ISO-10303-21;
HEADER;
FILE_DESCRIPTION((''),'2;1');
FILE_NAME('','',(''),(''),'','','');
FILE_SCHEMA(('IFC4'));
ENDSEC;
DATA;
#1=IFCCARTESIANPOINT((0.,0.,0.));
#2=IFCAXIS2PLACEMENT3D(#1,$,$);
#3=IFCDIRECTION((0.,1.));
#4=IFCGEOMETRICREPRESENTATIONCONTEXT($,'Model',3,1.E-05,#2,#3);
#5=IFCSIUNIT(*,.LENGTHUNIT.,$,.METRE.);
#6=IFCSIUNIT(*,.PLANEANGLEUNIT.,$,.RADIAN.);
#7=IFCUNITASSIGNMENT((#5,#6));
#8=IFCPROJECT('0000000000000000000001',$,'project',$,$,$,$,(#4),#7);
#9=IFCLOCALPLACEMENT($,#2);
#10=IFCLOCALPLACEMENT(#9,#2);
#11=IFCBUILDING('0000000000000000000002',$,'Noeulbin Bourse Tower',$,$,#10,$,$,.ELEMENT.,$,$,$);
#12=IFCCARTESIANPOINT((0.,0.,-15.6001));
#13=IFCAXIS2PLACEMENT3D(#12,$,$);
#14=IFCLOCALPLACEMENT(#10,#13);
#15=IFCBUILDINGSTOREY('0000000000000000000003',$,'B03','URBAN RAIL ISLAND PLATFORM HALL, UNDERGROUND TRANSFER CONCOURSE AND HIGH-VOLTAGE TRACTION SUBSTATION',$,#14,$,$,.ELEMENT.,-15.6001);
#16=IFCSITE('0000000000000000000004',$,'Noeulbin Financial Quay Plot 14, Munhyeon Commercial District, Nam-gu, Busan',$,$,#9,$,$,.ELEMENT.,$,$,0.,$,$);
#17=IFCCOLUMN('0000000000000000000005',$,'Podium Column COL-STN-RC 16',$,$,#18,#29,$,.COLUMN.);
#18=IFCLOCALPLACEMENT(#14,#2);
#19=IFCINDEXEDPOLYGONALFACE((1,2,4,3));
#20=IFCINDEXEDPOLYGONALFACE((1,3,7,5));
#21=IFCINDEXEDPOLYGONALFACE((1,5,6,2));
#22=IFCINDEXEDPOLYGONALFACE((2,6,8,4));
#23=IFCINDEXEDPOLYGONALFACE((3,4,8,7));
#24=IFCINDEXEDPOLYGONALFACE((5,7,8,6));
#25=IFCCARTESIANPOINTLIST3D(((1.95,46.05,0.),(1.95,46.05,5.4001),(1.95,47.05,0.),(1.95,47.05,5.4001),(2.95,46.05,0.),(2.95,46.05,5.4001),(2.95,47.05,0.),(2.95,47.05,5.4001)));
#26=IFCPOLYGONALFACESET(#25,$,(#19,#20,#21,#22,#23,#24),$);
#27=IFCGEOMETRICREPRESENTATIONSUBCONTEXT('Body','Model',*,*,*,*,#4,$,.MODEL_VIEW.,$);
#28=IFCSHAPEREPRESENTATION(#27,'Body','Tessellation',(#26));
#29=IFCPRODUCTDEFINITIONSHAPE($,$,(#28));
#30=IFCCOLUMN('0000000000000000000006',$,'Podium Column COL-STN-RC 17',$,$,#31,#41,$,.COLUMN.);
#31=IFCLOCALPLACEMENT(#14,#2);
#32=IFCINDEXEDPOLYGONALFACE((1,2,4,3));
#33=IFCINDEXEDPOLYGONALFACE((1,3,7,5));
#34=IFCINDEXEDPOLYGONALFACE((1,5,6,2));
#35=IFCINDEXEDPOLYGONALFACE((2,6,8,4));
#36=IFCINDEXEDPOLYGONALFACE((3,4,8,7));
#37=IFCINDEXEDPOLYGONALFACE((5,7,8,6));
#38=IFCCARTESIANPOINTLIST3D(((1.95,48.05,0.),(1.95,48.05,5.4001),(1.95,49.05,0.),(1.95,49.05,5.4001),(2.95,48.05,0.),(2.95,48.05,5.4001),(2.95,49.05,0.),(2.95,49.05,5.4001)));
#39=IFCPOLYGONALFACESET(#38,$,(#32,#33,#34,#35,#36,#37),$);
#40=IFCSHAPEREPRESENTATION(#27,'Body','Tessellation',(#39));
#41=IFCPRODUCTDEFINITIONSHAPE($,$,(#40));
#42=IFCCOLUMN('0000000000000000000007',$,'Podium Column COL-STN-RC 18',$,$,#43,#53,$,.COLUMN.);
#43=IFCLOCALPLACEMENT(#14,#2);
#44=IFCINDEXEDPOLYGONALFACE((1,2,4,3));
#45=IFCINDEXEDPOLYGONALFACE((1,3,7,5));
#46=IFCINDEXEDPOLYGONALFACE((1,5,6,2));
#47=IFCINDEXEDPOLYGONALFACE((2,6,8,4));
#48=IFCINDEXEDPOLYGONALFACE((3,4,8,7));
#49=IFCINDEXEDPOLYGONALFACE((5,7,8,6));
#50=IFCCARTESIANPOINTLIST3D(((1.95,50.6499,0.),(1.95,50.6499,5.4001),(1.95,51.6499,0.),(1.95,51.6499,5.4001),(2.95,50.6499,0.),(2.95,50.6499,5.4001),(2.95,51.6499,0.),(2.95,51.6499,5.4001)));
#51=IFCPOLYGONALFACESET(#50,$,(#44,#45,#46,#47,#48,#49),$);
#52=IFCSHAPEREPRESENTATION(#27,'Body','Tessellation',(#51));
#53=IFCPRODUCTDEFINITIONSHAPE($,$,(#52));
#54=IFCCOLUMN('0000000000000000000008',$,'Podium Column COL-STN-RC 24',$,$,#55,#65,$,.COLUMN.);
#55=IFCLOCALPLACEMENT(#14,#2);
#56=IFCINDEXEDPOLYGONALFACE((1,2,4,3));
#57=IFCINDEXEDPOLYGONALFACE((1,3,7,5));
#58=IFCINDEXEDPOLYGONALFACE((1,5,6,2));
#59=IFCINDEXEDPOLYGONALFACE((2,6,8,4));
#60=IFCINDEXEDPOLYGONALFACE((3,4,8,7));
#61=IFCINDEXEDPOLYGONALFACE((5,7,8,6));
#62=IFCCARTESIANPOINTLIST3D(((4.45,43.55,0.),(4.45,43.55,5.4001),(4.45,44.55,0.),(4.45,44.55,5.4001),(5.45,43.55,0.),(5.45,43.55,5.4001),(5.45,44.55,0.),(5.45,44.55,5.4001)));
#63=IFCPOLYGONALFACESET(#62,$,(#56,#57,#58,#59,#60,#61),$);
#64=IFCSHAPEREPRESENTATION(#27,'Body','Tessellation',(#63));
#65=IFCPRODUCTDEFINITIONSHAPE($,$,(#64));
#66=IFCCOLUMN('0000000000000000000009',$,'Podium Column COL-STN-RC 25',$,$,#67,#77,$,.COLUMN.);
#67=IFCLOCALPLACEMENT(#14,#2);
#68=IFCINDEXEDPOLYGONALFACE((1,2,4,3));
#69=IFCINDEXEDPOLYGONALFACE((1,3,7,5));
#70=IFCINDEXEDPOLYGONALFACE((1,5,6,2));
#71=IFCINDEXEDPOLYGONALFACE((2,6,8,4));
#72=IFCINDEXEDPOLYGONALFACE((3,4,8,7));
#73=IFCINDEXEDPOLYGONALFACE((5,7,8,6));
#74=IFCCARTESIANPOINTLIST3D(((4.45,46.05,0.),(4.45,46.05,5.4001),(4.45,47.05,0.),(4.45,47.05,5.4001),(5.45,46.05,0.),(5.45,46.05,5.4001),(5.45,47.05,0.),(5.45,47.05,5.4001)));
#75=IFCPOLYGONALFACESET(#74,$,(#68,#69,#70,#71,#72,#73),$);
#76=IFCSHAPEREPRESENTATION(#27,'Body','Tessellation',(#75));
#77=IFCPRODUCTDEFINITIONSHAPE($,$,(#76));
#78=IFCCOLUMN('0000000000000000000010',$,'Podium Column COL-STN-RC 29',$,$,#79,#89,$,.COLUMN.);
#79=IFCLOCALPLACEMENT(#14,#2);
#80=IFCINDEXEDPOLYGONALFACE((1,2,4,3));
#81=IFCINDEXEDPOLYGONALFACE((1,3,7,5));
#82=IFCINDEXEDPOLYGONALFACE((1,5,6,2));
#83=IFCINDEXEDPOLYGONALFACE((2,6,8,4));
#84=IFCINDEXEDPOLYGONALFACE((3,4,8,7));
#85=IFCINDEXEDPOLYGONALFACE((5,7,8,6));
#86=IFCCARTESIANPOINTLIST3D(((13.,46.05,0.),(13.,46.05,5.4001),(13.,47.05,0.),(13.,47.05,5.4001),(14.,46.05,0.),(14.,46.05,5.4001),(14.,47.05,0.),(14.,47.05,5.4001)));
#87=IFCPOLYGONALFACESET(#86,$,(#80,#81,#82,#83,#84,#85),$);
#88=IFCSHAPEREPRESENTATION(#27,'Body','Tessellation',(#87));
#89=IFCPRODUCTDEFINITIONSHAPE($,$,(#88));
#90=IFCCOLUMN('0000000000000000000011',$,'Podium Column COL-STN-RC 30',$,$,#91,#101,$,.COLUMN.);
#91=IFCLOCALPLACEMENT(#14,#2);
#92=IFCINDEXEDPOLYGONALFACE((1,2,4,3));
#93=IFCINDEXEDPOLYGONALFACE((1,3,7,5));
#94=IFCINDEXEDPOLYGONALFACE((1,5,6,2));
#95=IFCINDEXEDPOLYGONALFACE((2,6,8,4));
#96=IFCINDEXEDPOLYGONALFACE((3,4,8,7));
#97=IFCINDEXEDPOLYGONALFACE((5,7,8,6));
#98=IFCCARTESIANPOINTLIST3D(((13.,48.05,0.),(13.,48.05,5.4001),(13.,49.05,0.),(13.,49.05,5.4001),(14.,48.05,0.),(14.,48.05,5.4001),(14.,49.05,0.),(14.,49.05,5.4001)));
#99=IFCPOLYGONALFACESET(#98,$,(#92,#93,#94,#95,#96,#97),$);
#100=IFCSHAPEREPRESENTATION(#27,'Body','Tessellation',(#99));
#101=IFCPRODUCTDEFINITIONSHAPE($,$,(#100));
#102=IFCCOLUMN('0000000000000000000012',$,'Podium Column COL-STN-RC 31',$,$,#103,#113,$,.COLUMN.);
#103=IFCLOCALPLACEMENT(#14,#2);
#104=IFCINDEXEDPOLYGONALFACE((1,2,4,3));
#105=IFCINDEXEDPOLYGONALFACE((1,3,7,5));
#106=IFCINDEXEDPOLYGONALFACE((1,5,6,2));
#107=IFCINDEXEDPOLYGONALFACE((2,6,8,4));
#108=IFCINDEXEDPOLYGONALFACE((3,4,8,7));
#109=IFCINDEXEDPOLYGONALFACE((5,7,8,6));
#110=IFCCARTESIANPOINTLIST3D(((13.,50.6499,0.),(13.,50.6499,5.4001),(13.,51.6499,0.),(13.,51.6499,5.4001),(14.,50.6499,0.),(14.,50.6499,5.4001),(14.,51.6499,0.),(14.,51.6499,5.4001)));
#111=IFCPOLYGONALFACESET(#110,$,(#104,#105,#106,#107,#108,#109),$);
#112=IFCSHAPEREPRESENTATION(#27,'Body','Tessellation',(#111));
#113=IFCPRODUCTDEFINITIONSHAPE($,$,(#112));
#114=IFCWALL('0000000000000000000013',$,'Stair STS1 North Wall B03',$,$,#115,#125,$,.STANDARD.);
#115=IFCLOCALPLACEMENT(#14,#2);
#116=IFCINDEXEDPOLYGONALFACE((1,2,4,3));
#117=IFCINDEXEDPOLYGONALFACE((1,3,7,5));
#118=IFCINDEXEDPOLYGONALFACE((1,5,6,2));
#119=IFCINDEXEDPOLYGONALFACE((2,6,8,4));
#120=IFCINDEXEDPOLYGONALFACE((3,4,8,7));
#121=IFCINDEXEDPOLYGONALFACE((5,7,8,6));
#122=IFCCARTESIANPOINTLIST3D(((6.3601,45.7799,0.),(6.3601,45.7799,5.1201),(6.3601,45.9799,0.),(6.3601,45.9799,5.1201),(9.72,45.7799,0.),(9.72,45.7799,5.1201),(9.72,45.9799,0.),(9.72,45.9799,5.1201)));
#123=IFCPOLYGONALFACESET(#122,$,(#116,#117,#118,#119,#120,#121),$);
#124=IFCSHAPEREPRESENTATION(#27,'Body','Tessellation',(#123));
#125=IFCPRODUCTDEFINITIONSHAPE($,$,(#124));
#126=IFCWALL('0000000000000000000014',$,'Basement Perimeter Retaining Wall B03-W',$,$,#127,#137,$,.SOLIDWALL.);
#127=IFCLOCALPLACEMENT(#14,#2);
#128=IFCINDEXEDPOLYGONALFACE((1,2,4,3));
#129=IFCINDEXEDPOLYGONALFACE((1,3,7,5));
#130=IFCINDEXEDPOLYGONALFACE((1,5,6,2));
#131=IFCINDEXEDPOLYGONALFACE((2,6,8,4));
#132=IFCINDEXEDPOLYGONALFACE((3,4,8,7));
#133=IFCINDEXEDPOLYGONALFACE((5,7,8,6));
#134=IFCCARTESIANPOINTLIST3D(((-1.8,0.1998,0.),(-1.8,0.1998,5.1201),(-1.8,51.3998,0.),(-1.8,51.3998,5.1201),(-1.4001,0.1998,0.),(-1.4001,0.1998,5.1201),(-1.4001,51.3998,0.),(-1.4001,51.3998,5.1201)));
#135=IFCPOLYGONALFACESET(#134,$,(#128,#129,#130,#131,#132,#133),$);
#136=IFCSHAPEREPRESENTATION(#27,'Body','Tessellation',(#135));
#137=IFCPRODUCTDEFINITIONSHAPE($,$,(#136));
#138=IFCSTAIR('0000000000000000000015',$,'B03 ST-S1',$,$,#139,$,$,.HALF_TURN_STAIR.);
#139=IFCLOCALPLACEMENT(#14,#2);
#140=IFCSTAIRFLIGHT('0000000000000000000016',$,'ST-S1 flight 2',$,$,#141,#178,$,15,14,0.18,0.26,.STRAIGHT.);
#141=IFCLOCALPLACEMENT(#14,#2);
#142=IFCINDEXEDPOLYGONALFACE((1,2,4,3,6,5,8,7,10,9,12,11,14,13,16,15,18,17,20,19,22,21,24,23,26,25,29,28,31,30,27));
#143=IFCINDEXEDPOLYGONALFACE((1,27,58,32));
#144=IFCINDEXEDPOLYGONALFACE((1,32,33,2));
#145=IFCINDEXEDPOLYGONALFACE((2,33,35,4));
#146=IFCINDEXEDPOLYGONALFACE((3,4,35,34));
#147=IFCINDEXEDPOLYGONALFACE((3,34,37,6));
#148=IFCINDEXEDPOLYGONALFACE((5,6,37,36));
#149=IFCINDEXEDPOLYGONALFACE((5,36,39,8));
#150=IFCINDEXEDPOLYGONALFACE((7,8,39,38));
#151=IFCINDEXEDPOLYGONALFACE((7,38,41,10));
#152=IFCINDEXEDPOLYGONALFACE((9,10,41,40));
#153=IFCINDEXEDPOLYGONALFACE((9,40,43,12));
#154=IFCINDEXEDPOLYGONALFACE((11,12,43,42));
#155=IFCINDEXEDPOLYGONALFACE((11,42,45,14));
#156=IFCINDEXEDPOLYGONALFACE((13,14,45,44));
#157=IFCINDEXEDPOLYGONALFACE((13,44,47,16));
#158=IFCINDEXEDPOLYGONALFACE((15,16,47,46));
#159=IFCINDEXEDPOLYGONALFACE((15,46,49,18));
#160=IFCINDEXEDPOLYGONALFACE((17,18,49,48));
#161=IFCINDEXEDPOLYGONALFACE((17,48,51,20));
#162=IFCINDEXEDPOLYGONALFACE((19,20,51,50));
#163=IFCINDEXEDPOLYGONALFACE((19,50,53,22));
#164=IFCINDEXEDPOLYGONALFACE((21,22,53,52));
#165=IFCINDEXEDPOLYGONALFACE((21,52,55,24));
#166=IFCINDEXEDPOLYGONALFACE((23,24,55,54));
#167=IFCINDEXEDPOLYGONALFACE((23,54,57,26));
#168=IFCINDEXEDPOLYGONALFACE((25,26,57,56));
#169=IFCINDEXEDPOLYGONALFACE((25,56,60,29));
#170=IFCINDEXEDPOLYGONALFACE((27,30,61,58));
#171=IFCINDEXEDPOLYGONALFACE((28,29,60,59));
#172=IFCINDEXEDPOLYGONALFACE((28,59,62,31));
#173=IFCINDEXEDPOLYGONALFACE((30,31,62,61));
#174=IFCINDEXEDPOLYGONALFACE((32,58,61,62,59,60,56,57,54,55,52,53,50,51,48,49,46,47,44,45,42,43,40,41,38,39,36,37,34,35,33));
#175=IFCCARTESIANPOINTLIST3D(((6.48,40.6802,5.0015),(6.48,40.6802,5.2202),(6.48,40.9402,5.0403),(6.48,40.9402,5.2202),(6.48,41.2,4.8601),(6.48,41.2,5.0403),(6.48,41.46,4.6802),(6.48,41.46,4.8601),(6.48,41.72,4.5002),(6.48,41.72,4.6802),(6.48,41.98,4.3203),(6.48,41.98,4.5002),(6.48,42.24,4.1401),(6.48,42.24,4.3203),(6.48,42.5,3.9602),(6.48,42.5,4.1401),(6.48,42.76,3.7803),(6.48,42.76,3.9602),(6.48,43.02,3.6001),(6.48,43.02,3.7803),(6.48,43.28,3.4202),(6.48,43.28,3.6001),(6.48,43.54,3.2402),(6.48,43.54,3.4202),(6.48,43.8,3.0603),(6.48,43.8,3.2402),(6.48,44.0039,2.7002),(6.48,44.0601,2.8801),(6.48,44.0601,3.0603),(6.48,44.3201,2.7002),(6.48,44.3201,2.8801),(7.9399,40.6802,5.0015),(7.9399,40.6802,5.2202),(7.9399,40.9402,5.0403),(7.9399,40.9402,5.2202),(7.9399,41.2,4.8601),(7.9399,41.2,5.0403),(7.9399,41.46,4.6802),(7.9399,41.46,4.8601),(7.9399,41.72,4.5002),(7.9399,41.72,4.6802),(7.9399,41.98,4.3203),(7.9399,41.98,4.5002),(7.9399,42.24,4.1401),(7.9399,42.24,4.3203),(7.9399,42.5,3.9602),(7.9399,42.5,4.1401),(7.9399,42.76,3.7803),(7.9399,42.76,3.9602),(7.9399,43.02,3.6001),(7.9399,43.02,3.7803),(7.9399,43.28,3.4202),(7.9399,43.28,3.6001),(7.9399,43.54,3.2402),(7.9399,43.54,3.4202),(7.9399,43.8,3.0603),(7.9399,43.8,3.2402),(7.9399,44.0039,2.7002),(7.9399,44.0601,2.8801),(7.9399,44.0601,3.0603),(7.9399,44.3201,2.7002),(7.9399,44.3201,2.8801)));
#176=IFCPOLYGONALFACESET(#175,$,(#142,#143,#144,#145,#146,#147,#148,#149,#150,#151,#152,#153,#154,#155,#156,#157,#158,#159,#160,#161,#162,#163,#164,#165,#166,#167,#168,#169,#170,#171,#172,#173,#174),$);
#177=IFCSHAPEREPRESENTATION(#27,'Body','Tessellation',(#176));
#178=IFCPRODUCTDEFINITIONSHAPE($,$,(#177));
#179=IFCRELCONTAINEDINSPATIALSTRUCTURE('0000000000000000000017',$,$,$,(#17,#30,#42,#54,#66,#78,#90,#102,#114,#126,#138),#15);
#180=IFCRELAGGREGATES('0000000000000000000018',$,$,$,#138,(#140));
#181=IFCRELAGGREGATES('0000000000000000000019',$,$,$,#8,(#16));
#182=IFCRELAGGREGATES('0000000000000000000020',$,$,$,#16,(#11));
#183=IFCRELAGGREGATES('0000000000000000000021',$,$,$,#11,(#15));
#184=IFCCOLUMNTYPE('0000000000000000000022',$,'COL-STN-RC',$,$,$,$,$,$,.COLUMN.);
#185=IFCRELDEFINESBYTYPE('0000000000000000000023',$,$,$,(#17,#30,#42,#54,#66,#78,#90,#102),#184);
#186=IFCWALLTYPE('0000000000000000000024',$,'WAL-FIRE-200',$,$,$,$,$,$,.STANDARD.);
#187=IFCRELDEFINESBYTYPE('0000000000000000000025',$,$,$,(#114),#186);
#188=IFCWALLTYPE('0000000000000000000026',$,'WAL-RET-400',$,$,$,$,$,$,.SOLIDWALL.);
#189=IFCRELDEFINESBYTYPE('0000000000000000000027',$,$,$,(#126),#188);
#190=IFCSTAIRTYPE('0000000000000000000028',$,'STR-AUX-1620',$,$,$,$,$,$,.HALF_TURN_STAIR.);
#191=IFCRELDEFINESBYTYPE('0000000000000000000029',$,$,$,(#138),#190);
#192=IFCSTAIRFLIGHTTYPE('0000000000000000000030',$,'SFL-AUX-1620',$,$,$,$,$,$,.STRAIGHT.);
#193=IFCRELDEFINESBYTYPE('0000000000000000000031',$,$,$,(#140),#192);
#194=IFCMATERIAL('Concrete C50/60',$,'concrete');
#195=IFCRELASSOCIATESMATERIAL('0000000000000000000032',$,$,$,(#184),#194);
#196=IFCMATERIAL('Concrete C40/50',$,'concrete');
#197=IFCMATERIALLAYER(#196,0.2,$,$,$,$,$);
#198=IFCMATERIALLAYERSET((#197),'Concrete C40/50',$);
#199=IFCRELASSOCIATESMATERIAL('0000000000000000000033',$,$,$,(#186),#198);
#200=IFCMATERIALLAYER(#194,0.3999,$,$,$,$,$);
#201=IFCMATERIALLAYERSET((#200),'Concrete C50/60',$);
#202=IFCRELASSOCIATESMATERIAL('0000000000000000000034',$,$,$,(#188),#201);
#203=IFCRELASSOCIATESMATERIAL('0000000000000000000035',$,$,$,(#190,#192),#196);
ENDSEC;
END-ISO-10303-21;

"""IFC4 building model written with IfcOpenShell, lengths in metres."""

from ifc_helpers import new_model, si_unit, direction, frame, frame_2d, origin, origin_2d, place, context, subcontext, project, spatial, polyline, rectangle, outline, extrude, material, layer, layer_set, material_profile, profile_set, type_object, element, aggregate, save


model = new_model("IFC4")

# Units and contexts
model_context = context("Model", 3, precision=1e-05, world=origin(), true_north=direction((0.0, 1.0)))
body_context = subcontext(model_context, "Body", "Model", "MODEL_VIEW")
ifc_project = project(units=[si_unit("LENGTHUNIT", "METRE"), si_unit("PLANEANGLEUNIT", "RADIAN")], contexts=[model_context])

# Site, building, storey
site_placement = place(None, origin())
site = spatial("IfcSite", under=ifc_project, at=site_placement, Name="Noeulbin Financial Quay Plot 14, Munhyeon Commercial District, Nam-gu, Busan", CompositionType="ELEMENT", RefElevation=0.0)
building_placement = place(site_placement, origin())
building = spatial("IfcBuilding", under=site, at=building_placement, Name="Noeulbin Bourse Tower", CompositionType="ELEMENT")
storey_placement = place(building_placement, frame((0.0, 0.0, -15.6001)))
storey = spatial("IfcBuildingStorey", under=building, at=storey_placement, Name="B03", Description="URBAN RAIL ISLAND PLATFORM HALL, UNDERGROUND TRANSFER CONCOURSE AND HIGH-VOLTAGE TRACTION SUBSTATION", CompositionType="ELEMENT", Elevation=-15.6001)

# Shared definitions
ifc_material_1 = material(Name="Concrete C50/60", Category="concrete")

# Columns
ifc_material_profile_1 = material_profile(ifc_material_1, rectangle(XDim=1.0, YDim=1.0, at=origin_2d()), Name="RC-COL-1000x1000", Category="LoadBearing")
ifc_profile_set_1 = profile_set([ifc_material_profile_1], Name="Concrete C50/60")
column_type = type_object("IfcColumnType", Name="COL-STN-RC", PredefinedType="COLUMN", material=ifc_profile_set_1)
for number, where, z_axis, x_axis, name in (
    (1, (2.45, 46.55, 0.0), (0.0, 0.0, 1.0), (1.0, 0.0, 0.0), "Podium Column COL-STN-RC 16"),
    (2, (2.45, 48.55, 0.0), (0.0, 0.0, 1.0), (1.0, 0.0, 0.0), "Podium Column COL-STN-RC 17"),
    (3, (2.45, 51.1499, 0.0), (0.0, 0.0, 1.0), (1.0, 0.0, 0.0), "Podium Column COL-STN-RC 18"),
    (4, (4.95, 44.05, 0.0), (0.0, 0.0, 1.0), (1.0, 0.0, 0.0), "Podium Column COL-STN-RC 24"),
    (5, (4.95, 46.55, 0.0), (0.0, 0.0, 1.0), (1.0, 0.0, 0.0), "Podium Column COL-STN-RC 25"),
    (6, (13.5, 46.55, 0.0), (0.0, 0.0, 1.0), (1.0, 0.0, 0.0), "Podium Column COL-STN-RC 29"),
    (7, (13.5, 48.55, 0.0), (0.0, 0.0, 1.0), (1.0, 0.0, 0.0), "Podium Column COL-STN-RC 30"),
    (8, (13.5, 51.1499, 0.0), (0.0, 0.0, 1.0), (1.0, 0.0, 0.0), "Podium Column COL-STN-RC 31"),
):
    element("IfcColumn", number, at=place(storey_placement, frame(where, z_axis=z_axis, x_axis=x_axis)), inside=storey, type_object=column_type, Name=name, PredefinedType="COLUMN", context=body_context, shape_type="SweptSolid", body=[
        extrude(rectangle(XDim=1.0, YDim=1.0, at=origin_2d()), origin(), (0.0, 0.0, 1.0), 5.4001),
    ])

# Walls
ifc_material_2 = material(Name="Concrete C40/50", Category="concrete")
ifc_layer_1 = layer(ifc_material_2, 0.2)
ifc_layer_set_1 = layer_set([ifc_layer_1], Name="Concrete C40/50")
wall_type_1 = type_object("IfcWallType", Name="WAL-FIRE-200", PredefinedType="STANDARD", material=ifc_layer_set_1)
wall_1_placement = place(storey_placement, frame((6.3601, 45.8799, 0.0), z_axis=(0.0, 0.0, 1.0), x_axis=(1.0, 0.0, 0.0)))
element("IfcWall", 9, at=wall_1_placement, inside=storey, type_object=wall_type_1, Name="Stair STS1 North Wall B03", PredefinedType="STANDARD", context=body_context, shape_type="SweptSolid", body=[
    extrude(rectangle(XDim=3.3599, YDim=0.2, at=frame_2d((1.6799, 0.0))), origin(), (0.0, 0.0, 1.0), 5.1201),
])
ifc_layer_2 = layer(ifc_material_1, 0.3999)
ifc_layer_set_2 = layer_set([ifc_layer_2], Name="Concrete C50/60")
wall_type_2 = type_object("IfcWallType", Name="WAL-RET-400", PredefinedType="SOLIDWALL", material=ifc_layer_set_2)
wall_2_placement = place(storey_placement, frame((-1.6001, 51.3999, 0.0), z_axis=(0.0, 0.0, 1.0), x_axis=(0.0, -1.0, 0.0)))
element("IfcWall", 10, at=wall_2_placement, inside=storey, type_object=wall_type_2, Name="Basement Perimeter Retaining Wall B03-W", PredefinedType="SOLIDWALL", context=body_context, shape_type="SweptSolid", body=[
    extrude(rectangle(XDim=51.2, YDim=0.3999, at=frame_2d((25.6001, 0.0))), origin(), (0.0, 0.0, 1.0), 5.1201),
])

# Stair, stair flight
stair_type = type_object("IfcStairType", Name="STR-AUX-1620", PredefinedType="HALF_TURN_STAIR", material=ifc_material_2)
stair_placement = place(storey_placement, origin())
stair = element("IfcStair", 11, at=stair_placement, inside=storey, type_object=stair_type, Name="B03 ST-S1", PredefinedType="HALF_TURN_STAIR")
stair_flight_type = type_object("IfcStairFlightType", Name="SFL-AUX-1620", PredefinedType="STRAIGHT", material=ifc_material_2)
stair_flight_placement = place(storey_placement, frame((7.21, 44.3201, 2.7002), z_axis=(0.0, 0.0, 1.0), x_axis=(0.0, -1.0, 0.0)))
stair_flight = element("IfcStairFlight", 12, at=stair_flight_placement, type_object=stair_flight_type, Name="ST-S1 flight 2", NumberOfRisers=15, NumberOfTreads=14, PredefinedType="STRAIGHT", RiserHeight=0.18, TreadLength=0.26, context=body_context, shape_type="SweptSolid", body=[
    extrude(outline(polyline([(0.0, 0.0), (0.0, 0.1799), (0.26, 0.1799), (0.26, 0.3601), (0.52, 0.3601), (0.52, 0.54), (0.78, 0.54), (0.78, 0.72), (1.04, 0.72), (1.04, 0.8999), (1.3, 0.8999), (1.3, 1.0801), (1.5601, 1.0801), (1.5601, 1.26), (1.8201, 1.26), (1.8201, 1.4399), (2.0801, 1.4399), (2.0801, 1.6201), (2.3401, 1.6201), (2.3401, 1.8), (2.6001, 1.8), (2.6001, 1.98), (2.8601, 1.98), (2.8601, 2.1599), (3.1201, 2.1599), (3.1201, 2.3401), (3.3799, 2.3401), (3.3799, 2.52), (3.6399, 2.52), (3.6399, 2.7), (3.6399, 2.3013), (0.3162, 0.0), (0.0, 0.0)])), frame((0.0, 0.73, 0.0), z_axis=(0.0, -1.0, 0.0), x_axis=(1.0, 0.0, 0.0)), (0.0, 0.0, 1.0), 1.46),
])
aggregate(stair, [stair_flight])

save(model, "model.ifc")
